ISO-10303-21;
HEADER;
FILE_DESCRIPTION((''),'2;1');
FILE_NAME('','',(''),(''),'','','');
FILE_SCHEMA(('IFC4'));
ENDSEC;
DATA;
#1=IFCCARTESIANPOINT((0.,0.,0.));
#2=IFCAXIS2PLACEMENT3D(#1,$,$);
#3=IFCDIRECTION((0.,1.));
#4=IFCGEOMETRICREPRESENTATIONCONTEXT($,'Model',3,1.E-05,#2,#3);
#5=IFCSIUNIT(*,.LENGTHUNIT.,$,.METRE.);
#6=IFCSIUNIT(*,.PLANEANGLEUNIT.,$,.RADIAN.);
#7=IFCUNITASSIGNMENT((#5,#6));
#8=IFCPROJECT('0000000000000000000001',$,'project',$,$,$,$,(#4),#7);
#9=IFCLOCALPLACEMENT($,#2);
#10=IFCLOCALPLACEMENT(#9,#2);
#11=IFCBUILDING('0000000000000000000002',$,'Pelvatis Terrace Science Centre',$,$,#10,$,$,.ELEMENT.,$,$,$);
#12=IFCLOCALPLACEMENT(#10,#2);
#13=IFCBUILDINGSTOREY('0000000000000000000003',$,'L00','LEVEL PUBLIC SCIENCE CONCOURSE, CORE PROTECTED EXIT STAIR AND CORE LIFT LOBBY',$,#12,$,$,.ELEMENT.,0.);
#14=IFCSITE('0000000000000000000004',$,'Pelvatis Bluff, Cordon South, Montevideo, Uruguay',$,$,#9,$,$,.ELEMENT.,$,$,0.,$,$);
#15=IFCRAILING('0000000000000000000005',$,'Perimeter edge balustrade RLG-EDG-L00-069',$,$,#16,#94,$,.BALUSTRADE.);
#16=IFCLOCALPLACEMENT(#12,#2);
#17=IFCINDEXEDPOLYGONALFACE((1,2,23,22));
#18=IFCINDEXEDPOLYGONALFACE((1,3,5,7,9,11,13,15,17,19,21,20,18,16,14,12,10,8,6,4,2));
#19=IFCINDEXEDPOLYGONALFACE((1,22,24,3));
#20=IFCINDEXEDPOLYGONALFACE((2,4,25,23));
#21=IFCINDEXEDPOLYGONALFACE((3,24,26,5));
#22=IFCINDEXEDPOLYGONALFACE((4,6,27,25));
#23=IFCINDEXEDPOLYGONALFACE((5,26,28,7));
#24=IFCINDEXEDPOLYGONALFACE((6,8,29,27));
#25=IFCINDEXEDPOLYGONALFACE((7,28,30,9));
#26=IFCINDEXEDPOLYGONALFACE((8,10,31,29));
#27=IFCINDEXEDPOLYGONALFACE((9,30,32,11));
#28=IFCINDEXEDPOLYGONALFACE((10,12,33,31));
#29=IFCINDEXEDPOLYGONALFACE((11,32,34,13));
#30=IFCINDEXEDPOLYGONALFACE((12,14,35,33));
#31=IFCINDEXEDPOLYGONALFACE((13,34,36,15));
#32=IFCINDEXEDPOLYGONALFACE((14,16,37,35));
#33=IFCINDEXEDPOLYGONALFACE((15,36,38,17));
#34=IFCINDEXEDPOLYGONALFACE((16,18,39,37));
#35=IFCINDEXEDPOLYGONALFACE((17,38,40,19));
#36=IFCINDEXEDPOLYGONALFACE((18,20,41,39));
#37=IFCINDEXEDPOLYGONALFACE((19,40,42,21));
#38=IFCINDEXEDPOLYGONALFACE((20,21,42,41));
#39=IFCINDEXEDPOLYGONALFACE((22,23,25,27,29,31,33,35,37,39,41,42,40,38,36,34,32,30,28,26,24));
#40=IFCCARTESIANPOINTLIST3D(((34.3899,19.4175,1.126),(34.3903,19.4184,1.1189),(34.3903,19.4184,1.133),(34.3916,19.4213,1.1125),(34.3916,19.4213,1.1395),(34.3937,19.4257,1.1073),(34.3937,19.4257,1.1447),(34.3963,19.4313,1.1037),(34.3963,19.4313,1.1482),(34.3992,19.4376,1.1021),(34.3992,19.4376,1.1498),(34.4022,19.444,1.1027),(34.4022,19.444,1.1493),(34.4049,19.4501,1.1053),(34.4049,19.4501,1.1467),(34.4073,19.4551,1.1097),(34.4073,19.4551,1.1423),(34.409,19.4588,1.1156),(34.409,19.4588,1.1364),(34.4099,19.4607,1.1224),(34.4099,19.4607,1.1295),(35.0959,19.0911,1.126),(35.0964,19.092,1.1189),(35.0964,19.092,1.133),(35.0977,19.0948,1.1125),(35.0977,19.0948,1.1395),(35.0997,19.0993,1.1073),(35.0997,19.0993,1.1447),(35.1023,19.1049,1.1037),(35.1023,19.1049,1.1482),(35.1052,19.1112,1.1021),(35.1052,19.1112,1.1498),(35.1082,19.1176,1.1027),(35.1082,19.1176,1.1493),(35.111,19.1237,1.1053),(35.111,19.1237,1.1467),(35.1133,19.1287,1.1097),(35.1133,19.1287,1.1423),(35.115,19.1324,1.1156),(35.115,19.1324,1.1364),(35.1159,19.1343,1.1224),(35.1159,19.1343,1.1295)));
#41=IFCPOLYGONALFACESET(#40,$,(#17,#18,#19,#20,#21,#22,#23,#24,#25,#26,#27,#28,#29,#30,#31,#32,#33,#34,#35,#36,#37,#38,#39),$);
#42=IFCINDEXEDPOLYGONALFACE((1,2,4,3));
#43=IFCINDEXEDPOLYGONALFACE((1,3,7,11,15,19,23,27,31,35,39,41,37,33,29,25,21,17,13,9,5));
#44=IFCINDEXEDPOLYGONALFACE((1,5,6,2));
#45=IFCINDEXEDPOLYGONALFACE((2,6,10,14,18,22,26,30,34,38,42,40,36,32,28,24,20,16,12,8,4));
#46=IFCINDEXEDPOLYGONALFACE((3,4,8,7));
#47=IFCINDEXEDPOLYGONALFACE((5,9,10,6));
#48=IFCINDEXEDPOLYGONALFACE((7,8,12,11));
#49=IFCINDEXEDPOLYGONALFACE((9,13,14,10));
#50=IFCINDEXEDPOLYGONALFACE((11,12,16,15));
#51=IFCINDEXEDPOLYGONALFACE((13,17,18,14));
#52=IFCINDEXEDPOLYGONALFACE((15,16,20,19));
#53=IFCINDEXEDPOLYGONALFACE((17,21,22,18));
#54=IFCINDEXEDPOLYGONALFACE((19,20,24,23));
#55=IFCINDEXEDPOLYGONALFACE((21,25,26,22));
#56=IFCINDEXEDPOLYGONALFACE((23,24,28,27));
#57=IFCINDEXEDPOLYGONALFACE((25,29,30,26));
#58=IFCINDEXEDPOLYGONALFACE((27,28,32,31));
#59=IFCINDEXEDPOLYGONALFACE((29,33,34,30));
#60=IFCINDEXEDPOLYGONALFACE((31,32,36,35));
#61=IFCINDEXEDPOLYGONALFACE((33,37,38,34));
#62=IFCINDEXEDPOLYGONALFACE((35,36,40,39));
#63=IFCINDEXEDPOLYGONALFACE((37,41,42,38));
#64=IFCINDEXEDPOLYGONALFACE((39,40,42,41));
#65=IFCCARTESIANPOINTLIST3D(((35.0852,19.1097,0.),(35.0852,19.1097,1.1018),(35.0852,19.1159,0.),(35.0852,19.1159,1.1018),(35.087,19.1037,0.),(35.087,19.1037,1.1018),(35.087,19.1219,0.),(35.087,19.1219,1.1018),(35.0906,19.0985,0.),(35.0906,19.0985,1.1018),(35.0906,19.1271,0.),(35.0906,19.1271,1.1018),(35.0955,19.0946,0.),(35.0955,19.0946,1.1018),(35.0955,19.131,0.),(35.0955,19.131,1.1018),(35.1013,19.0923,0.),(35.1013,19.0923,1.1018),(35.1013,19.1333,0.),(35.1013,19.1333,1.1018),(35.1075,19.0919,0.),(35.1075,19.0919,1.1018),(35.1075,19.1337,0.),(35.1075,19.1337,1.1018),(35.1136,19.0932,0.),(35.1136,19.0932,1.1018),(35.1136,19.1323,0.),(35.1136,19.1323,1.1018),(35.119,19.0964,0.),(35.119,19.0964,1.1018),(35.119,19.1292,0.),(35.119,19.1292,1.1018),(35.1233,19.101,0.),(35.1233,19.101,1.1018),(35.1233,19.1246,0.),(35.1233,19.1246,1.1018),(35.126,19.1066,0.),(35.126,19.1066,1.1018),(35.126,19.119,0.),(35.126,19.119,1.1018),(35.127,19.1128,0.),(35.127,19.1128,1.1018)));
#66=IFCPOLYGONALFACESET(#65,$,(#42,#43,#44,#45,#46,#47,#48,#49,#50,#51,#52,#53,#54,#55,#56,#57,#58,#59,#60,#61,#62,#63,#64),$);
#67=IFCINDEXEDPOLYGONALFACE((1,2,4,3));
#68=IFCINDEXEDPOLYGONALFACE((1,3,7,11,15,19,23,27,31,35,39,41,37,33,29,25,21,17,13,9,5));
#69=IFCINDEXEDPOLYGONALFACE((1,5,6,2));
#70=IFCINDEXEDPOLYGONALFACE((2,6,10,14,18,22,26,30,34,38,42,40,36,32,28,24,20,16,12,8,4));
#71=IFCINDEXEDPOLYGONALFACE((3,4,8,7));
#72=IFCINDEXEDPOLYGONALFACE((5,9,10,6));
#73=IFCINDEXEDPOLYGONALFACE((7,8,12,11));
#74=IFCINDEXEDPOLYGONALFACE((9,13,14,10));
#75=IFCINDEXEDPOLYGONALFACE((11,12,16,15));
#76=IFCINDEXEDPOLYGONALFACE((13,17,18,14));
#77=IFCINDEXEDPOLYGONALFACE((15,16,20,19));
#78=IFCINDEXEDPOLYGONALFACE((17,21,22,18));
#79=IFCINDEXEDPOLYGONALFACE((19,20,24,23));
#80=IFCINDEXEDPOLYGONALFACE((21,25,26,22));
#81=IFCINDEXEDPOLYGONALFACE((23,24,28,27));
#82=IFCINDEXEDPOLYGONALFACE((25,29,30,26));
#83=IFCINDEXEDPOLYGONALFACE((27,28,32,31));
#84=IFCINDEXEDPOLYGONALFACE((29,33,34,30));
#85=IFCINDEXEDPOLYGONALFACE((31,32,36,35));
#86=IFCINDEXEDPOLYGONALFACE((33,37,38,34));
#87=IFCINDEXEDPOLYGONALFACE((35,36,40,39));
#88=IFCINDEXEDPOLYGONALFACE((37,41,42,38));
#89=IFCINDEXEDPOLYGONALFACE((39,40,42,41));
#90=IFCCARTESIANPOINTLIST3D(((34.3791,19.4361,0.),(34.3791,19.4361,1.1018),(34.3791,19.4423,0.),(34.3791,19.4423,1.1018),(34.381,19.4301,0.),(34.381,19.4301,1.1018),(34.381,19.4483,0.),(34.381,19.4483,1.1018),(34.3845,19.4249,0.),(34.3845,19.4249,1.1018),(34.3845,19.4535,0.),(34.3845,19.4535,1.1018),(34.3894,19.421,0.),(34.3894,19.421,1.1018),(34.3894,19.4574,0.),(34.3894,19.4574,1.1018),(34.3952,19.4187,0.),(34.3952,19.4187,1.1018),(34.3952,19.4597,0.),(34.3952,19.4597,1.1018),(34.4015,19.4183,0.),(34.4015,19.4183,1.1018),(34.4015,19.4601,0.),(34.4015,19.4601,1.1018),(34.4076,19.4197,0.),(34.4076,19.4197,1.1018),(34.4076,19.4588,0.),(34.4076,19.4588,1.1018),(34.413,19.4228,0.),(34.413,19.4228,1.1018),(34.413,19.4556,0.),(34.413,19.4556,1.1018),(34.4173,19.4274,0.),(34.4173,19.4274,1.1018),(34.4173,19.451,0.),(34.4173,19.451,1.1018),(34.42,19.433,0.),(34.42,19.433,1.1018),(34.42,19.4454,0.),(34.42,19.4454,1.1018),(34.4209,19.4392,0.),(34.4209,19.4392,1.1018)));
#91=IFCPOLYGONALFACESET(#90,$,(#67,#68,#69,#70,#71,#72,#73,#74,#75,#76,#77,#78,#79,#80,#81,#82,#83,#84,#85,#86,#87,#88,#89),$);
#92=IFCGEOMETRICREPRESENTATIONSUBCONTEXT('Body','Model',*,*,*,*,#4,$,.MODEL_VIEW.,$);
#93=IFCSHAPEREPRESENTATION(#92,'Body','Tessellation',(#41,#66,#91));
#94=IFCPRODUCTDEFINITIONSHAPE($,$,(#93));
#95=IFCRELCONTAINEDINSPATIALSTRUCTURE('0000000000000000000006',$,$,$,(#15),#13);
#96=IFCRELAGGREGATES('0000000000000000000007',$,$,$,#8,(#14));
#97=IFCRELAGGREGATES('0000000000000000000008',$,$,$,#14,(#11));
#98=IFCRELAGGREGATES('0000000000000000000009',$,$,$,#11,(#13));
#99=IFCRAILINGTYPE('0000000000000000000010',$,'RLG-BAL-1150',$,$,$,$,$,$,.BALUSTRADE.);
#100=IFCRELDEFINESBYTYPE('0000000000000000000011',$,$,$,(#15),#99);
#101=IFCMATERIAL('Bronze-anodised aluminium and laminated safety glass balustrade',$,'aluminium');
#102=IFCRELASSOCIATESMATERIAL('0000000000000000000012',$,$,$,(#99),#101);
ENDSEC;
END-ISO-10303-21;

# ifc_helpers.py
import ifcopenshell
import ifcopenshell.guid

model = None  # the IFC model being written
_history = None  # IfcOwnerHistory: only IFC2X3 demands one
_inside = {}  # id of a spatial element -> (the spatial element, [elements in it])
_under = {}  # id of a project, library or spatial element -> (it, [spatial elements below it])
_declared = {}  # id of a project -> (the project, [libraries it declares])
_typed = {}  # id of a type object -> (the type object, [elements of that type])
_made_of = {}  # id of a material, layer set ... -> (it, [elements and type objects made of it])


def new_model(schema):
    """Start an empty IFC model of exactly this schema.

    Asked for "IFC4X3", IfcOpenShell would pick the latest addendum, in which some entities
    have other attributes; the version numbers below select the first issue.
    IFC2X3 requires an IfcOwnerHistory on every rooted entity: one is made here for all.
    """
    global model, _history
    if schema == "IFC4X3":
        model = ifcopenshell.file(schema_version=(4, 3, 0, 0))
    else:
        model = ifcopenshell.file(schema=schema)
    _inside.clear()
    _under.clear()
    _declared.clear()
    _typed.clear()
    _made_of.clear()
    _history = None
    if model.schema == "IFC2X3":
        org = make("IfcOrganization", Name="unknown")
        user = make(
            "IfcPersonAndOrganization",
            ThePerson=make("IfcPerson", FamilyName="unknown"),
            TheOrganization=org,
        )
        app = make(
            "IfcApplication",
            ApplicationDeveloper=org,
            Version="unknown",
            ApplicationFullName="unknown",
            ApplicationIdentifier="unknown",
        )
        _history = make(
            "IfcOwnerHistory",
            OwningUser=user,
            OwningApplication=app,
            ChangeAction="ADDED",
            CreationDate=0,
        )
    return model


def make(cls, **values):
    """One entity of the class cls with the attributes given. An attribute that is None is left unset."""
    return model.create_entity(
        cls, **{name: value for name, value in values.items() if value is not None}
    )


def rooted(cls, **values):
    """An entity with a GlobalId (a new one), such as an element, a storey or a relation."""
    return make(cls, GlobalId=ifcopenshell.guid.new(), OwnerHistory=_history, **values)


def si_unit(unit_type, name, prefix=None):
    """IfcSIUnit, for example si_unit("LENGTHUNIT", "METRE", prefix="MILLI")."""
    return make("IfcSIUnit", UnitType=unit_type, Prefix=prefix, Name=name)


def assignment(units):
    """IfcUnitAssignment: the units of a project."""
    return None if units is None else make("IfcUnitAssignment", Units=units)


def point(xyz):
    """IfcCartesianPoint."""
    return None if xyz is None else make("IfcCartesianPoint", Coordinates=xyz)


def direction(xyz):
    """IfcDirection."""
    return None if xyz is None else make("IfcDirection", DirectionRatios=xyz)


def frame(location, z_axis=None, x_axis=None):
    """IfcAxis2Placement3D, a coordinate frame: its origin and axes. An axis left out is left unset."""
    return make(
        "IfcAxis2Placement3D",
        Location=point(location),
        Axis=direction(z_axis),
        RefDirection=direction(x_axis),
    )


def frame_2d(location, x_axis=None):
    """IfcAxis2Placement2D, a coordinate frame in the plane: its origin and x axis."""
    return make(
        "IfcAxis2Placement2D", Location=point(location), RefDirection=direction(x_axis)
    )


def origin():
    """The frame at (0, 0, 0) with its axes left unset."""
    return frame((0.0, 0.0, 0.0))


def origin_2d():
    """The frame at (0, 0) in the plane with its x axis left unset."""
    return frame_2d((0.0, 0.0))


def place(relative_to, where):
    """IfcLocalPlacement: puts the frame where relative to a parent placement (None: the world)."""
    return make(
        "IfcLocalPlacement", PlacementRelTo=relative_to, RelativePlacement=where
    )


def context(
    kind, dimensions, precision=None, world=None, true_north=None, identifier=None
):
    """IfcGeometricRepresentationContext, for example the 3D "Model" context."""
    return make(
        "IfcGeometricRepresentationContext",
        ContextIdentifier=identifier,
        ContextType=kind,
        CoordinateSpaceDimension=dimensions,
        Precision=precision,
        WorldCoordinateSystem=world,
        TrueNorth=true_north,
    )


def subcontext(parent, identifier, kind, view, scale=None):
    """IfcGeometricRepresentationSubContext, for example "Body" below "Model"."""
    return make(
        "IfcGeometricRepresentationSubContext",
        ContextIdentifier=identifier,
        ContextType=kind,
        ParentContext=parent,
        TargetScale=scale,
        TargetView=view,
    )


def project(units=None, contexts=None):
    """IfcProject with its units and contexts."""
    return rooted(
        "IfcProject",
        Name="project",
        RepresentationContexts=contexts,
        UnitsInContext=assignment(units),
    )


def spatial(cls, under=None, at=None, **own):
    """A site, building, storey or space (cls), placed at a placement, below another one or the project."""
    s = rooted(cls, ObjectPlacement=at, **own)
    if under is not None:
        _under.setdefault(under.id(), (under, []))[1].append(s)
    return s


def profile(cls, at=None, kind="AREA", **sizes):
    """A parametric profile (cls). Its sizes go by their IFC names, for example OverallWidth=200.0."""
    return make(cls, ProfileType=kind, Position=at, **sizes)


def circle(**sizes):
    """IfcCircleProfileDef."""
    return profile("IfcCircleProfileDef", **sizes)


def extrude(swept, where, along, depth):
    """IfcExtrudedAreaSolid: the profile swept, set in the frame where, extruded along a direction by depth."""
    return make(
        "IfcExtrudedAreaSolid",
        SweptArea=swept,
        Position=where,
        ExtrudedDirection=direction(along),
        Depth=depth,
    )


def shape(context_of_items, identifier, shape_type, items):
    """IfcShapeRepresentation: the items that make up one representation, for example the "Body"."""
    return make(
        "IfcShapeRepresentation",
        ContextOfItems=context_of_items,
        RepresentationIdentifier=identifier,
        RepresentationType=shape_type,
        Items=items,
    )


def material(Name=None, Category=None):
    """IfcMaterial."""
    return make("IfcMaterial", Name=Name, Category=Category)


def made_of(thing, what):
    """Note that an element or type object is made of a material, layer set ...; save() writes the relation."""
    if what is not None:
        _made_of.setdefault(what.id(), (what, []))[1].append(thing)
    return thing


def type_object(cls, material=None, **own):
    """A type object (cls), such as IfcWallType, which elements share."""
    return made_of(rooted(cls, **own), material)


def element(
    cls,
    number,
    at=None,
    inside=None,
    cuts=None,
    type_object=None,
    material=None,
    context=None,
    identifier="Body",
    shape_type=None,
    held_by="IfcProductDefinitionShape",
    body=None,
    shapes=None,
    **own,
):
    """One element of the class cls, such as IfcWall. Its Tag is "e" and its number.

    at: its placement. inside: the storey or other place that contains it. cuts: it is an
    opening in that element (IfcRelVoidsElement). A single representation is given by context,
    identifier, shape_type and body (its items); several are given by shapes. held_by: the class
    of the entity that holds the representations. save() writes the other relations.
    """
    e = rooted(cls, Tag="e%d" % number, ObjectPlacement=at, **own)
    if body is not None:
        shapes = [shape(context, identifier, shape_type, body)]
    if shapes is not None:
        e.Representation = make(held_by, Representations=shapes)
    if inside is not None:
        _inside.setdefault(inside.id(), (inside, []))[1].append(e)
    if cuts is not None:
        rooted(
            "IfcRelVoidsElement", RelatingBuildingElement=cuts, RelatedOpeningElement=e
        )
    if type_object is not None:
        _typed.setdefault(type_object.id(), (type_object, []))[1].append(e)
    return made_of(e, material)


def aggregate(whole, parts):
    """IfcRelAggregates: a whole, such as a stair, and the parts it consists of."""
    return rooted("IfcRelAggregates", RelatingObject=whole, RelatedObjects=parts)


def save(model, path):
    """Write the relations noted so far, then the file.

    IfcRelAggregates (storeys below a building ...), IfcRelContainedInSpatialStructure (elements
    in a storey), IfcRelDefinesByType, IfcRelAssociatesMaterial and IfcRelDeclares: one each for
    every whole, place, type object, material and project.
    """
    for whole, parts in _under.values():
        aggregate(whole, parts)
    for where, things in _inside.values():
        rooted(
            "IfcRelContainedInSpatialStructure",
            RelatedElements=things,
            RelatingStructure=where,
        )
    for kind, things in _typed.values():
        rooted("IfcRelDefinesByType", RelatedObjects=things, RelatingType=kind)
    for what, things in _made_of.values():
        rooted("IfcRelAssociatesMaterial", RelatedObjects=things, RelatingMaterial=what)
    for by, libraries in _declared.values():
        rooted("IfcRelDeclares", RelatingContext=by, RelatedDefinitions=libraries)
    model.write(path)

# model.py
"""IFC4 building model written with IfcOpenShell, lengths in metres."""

from ifc_helpers import new_model, si_unit, direction, frame, origin, origin_2d, place, context, subcontext, project, spatial, circle, extrude, material, type_object, element, save


model = new_model("IFC4")

# Units and contexts
model_context = context("Model", 3, precision=1e-05, world=origin(), true_north=direction((0.0, 1.0)))
body_context = subcontext(model_context, "Body", "Model", "MODEL_VIEW")
ifc_project = project(units=[si_unit("LENGTHUNIT", "METRE"), si_unit("PLANEANGLEUNIT", "RADIAN")], contexts=[model_context])

# Site, building, storey
site_placement = place(None, origin())
site = spatial("IfcSite", under=ifc_project, at=site_placement, Name="Pelvatis Bluff, Cordon South, Montevideo, Uruguay", CompositionType="ELEMENT", RefElevation=0.0)
building_placement = place(site_placement, origin())
building = spatial("IfcBuilding", under=site, at=building_placement, Name="Pelvatis Terrace Science Centre", CompositionType="ELEMENT")
storey_placement = place(building_placement, origin())
storey = spatial("IfcBuildingStorey", under=building, at=storey_placement, Name="L00", Description="LEVEL PUBLIC SCIENCE CONCOURSE, CORE PROTECTED EXIT STAIR AND CORE LIFT LOBBY", CompositionType="ELEMENT", Elevation=0.0)

# Railing
ifc_material_1 = material(Name="Bronze-anodised aluminium and laminated safety glass balustrade", Category="aluminium")
railing_type = type_object("IfcRailingType", Name="RLG-BAL-1150", PredefinedType="BALUSTRADE", material=ifc_material_1)
railing_placement = place(storey_placement, frame((35.106, 19.1128, 0.0)))
element("IfcRailing", 1, at=railing_placement, inside=storey, type_object=railing_type, Name="Perimeter edge balustrade RLG-EDG-L00-069", PredefinedType="BALUSTRADE", context=body_context, shape_type="SweptSolid", body=[
    extrude(circle(Radius=0.0239, at=origin_2d()), frame((0.0, 0.0, 1.126), z_axis=(-0.907693, 0.419635, 0.0), x_axis=(-0.419635, -0.907693, 0.0)), (0.0, 0.0, 1.0), 0.7778),
    extrude(circle(Radius=0.021, at=origin_2d()), origin(), (0.0, 0.0, 1.0), 1.1018),
    extrude(circle(Radius=0.021, at=origin_2d()), frame((-0.7061, 0.3264, 0.0)), (0.0, 0.0, 1.0), 1.1018),
])

save(model, "model.ifc")
